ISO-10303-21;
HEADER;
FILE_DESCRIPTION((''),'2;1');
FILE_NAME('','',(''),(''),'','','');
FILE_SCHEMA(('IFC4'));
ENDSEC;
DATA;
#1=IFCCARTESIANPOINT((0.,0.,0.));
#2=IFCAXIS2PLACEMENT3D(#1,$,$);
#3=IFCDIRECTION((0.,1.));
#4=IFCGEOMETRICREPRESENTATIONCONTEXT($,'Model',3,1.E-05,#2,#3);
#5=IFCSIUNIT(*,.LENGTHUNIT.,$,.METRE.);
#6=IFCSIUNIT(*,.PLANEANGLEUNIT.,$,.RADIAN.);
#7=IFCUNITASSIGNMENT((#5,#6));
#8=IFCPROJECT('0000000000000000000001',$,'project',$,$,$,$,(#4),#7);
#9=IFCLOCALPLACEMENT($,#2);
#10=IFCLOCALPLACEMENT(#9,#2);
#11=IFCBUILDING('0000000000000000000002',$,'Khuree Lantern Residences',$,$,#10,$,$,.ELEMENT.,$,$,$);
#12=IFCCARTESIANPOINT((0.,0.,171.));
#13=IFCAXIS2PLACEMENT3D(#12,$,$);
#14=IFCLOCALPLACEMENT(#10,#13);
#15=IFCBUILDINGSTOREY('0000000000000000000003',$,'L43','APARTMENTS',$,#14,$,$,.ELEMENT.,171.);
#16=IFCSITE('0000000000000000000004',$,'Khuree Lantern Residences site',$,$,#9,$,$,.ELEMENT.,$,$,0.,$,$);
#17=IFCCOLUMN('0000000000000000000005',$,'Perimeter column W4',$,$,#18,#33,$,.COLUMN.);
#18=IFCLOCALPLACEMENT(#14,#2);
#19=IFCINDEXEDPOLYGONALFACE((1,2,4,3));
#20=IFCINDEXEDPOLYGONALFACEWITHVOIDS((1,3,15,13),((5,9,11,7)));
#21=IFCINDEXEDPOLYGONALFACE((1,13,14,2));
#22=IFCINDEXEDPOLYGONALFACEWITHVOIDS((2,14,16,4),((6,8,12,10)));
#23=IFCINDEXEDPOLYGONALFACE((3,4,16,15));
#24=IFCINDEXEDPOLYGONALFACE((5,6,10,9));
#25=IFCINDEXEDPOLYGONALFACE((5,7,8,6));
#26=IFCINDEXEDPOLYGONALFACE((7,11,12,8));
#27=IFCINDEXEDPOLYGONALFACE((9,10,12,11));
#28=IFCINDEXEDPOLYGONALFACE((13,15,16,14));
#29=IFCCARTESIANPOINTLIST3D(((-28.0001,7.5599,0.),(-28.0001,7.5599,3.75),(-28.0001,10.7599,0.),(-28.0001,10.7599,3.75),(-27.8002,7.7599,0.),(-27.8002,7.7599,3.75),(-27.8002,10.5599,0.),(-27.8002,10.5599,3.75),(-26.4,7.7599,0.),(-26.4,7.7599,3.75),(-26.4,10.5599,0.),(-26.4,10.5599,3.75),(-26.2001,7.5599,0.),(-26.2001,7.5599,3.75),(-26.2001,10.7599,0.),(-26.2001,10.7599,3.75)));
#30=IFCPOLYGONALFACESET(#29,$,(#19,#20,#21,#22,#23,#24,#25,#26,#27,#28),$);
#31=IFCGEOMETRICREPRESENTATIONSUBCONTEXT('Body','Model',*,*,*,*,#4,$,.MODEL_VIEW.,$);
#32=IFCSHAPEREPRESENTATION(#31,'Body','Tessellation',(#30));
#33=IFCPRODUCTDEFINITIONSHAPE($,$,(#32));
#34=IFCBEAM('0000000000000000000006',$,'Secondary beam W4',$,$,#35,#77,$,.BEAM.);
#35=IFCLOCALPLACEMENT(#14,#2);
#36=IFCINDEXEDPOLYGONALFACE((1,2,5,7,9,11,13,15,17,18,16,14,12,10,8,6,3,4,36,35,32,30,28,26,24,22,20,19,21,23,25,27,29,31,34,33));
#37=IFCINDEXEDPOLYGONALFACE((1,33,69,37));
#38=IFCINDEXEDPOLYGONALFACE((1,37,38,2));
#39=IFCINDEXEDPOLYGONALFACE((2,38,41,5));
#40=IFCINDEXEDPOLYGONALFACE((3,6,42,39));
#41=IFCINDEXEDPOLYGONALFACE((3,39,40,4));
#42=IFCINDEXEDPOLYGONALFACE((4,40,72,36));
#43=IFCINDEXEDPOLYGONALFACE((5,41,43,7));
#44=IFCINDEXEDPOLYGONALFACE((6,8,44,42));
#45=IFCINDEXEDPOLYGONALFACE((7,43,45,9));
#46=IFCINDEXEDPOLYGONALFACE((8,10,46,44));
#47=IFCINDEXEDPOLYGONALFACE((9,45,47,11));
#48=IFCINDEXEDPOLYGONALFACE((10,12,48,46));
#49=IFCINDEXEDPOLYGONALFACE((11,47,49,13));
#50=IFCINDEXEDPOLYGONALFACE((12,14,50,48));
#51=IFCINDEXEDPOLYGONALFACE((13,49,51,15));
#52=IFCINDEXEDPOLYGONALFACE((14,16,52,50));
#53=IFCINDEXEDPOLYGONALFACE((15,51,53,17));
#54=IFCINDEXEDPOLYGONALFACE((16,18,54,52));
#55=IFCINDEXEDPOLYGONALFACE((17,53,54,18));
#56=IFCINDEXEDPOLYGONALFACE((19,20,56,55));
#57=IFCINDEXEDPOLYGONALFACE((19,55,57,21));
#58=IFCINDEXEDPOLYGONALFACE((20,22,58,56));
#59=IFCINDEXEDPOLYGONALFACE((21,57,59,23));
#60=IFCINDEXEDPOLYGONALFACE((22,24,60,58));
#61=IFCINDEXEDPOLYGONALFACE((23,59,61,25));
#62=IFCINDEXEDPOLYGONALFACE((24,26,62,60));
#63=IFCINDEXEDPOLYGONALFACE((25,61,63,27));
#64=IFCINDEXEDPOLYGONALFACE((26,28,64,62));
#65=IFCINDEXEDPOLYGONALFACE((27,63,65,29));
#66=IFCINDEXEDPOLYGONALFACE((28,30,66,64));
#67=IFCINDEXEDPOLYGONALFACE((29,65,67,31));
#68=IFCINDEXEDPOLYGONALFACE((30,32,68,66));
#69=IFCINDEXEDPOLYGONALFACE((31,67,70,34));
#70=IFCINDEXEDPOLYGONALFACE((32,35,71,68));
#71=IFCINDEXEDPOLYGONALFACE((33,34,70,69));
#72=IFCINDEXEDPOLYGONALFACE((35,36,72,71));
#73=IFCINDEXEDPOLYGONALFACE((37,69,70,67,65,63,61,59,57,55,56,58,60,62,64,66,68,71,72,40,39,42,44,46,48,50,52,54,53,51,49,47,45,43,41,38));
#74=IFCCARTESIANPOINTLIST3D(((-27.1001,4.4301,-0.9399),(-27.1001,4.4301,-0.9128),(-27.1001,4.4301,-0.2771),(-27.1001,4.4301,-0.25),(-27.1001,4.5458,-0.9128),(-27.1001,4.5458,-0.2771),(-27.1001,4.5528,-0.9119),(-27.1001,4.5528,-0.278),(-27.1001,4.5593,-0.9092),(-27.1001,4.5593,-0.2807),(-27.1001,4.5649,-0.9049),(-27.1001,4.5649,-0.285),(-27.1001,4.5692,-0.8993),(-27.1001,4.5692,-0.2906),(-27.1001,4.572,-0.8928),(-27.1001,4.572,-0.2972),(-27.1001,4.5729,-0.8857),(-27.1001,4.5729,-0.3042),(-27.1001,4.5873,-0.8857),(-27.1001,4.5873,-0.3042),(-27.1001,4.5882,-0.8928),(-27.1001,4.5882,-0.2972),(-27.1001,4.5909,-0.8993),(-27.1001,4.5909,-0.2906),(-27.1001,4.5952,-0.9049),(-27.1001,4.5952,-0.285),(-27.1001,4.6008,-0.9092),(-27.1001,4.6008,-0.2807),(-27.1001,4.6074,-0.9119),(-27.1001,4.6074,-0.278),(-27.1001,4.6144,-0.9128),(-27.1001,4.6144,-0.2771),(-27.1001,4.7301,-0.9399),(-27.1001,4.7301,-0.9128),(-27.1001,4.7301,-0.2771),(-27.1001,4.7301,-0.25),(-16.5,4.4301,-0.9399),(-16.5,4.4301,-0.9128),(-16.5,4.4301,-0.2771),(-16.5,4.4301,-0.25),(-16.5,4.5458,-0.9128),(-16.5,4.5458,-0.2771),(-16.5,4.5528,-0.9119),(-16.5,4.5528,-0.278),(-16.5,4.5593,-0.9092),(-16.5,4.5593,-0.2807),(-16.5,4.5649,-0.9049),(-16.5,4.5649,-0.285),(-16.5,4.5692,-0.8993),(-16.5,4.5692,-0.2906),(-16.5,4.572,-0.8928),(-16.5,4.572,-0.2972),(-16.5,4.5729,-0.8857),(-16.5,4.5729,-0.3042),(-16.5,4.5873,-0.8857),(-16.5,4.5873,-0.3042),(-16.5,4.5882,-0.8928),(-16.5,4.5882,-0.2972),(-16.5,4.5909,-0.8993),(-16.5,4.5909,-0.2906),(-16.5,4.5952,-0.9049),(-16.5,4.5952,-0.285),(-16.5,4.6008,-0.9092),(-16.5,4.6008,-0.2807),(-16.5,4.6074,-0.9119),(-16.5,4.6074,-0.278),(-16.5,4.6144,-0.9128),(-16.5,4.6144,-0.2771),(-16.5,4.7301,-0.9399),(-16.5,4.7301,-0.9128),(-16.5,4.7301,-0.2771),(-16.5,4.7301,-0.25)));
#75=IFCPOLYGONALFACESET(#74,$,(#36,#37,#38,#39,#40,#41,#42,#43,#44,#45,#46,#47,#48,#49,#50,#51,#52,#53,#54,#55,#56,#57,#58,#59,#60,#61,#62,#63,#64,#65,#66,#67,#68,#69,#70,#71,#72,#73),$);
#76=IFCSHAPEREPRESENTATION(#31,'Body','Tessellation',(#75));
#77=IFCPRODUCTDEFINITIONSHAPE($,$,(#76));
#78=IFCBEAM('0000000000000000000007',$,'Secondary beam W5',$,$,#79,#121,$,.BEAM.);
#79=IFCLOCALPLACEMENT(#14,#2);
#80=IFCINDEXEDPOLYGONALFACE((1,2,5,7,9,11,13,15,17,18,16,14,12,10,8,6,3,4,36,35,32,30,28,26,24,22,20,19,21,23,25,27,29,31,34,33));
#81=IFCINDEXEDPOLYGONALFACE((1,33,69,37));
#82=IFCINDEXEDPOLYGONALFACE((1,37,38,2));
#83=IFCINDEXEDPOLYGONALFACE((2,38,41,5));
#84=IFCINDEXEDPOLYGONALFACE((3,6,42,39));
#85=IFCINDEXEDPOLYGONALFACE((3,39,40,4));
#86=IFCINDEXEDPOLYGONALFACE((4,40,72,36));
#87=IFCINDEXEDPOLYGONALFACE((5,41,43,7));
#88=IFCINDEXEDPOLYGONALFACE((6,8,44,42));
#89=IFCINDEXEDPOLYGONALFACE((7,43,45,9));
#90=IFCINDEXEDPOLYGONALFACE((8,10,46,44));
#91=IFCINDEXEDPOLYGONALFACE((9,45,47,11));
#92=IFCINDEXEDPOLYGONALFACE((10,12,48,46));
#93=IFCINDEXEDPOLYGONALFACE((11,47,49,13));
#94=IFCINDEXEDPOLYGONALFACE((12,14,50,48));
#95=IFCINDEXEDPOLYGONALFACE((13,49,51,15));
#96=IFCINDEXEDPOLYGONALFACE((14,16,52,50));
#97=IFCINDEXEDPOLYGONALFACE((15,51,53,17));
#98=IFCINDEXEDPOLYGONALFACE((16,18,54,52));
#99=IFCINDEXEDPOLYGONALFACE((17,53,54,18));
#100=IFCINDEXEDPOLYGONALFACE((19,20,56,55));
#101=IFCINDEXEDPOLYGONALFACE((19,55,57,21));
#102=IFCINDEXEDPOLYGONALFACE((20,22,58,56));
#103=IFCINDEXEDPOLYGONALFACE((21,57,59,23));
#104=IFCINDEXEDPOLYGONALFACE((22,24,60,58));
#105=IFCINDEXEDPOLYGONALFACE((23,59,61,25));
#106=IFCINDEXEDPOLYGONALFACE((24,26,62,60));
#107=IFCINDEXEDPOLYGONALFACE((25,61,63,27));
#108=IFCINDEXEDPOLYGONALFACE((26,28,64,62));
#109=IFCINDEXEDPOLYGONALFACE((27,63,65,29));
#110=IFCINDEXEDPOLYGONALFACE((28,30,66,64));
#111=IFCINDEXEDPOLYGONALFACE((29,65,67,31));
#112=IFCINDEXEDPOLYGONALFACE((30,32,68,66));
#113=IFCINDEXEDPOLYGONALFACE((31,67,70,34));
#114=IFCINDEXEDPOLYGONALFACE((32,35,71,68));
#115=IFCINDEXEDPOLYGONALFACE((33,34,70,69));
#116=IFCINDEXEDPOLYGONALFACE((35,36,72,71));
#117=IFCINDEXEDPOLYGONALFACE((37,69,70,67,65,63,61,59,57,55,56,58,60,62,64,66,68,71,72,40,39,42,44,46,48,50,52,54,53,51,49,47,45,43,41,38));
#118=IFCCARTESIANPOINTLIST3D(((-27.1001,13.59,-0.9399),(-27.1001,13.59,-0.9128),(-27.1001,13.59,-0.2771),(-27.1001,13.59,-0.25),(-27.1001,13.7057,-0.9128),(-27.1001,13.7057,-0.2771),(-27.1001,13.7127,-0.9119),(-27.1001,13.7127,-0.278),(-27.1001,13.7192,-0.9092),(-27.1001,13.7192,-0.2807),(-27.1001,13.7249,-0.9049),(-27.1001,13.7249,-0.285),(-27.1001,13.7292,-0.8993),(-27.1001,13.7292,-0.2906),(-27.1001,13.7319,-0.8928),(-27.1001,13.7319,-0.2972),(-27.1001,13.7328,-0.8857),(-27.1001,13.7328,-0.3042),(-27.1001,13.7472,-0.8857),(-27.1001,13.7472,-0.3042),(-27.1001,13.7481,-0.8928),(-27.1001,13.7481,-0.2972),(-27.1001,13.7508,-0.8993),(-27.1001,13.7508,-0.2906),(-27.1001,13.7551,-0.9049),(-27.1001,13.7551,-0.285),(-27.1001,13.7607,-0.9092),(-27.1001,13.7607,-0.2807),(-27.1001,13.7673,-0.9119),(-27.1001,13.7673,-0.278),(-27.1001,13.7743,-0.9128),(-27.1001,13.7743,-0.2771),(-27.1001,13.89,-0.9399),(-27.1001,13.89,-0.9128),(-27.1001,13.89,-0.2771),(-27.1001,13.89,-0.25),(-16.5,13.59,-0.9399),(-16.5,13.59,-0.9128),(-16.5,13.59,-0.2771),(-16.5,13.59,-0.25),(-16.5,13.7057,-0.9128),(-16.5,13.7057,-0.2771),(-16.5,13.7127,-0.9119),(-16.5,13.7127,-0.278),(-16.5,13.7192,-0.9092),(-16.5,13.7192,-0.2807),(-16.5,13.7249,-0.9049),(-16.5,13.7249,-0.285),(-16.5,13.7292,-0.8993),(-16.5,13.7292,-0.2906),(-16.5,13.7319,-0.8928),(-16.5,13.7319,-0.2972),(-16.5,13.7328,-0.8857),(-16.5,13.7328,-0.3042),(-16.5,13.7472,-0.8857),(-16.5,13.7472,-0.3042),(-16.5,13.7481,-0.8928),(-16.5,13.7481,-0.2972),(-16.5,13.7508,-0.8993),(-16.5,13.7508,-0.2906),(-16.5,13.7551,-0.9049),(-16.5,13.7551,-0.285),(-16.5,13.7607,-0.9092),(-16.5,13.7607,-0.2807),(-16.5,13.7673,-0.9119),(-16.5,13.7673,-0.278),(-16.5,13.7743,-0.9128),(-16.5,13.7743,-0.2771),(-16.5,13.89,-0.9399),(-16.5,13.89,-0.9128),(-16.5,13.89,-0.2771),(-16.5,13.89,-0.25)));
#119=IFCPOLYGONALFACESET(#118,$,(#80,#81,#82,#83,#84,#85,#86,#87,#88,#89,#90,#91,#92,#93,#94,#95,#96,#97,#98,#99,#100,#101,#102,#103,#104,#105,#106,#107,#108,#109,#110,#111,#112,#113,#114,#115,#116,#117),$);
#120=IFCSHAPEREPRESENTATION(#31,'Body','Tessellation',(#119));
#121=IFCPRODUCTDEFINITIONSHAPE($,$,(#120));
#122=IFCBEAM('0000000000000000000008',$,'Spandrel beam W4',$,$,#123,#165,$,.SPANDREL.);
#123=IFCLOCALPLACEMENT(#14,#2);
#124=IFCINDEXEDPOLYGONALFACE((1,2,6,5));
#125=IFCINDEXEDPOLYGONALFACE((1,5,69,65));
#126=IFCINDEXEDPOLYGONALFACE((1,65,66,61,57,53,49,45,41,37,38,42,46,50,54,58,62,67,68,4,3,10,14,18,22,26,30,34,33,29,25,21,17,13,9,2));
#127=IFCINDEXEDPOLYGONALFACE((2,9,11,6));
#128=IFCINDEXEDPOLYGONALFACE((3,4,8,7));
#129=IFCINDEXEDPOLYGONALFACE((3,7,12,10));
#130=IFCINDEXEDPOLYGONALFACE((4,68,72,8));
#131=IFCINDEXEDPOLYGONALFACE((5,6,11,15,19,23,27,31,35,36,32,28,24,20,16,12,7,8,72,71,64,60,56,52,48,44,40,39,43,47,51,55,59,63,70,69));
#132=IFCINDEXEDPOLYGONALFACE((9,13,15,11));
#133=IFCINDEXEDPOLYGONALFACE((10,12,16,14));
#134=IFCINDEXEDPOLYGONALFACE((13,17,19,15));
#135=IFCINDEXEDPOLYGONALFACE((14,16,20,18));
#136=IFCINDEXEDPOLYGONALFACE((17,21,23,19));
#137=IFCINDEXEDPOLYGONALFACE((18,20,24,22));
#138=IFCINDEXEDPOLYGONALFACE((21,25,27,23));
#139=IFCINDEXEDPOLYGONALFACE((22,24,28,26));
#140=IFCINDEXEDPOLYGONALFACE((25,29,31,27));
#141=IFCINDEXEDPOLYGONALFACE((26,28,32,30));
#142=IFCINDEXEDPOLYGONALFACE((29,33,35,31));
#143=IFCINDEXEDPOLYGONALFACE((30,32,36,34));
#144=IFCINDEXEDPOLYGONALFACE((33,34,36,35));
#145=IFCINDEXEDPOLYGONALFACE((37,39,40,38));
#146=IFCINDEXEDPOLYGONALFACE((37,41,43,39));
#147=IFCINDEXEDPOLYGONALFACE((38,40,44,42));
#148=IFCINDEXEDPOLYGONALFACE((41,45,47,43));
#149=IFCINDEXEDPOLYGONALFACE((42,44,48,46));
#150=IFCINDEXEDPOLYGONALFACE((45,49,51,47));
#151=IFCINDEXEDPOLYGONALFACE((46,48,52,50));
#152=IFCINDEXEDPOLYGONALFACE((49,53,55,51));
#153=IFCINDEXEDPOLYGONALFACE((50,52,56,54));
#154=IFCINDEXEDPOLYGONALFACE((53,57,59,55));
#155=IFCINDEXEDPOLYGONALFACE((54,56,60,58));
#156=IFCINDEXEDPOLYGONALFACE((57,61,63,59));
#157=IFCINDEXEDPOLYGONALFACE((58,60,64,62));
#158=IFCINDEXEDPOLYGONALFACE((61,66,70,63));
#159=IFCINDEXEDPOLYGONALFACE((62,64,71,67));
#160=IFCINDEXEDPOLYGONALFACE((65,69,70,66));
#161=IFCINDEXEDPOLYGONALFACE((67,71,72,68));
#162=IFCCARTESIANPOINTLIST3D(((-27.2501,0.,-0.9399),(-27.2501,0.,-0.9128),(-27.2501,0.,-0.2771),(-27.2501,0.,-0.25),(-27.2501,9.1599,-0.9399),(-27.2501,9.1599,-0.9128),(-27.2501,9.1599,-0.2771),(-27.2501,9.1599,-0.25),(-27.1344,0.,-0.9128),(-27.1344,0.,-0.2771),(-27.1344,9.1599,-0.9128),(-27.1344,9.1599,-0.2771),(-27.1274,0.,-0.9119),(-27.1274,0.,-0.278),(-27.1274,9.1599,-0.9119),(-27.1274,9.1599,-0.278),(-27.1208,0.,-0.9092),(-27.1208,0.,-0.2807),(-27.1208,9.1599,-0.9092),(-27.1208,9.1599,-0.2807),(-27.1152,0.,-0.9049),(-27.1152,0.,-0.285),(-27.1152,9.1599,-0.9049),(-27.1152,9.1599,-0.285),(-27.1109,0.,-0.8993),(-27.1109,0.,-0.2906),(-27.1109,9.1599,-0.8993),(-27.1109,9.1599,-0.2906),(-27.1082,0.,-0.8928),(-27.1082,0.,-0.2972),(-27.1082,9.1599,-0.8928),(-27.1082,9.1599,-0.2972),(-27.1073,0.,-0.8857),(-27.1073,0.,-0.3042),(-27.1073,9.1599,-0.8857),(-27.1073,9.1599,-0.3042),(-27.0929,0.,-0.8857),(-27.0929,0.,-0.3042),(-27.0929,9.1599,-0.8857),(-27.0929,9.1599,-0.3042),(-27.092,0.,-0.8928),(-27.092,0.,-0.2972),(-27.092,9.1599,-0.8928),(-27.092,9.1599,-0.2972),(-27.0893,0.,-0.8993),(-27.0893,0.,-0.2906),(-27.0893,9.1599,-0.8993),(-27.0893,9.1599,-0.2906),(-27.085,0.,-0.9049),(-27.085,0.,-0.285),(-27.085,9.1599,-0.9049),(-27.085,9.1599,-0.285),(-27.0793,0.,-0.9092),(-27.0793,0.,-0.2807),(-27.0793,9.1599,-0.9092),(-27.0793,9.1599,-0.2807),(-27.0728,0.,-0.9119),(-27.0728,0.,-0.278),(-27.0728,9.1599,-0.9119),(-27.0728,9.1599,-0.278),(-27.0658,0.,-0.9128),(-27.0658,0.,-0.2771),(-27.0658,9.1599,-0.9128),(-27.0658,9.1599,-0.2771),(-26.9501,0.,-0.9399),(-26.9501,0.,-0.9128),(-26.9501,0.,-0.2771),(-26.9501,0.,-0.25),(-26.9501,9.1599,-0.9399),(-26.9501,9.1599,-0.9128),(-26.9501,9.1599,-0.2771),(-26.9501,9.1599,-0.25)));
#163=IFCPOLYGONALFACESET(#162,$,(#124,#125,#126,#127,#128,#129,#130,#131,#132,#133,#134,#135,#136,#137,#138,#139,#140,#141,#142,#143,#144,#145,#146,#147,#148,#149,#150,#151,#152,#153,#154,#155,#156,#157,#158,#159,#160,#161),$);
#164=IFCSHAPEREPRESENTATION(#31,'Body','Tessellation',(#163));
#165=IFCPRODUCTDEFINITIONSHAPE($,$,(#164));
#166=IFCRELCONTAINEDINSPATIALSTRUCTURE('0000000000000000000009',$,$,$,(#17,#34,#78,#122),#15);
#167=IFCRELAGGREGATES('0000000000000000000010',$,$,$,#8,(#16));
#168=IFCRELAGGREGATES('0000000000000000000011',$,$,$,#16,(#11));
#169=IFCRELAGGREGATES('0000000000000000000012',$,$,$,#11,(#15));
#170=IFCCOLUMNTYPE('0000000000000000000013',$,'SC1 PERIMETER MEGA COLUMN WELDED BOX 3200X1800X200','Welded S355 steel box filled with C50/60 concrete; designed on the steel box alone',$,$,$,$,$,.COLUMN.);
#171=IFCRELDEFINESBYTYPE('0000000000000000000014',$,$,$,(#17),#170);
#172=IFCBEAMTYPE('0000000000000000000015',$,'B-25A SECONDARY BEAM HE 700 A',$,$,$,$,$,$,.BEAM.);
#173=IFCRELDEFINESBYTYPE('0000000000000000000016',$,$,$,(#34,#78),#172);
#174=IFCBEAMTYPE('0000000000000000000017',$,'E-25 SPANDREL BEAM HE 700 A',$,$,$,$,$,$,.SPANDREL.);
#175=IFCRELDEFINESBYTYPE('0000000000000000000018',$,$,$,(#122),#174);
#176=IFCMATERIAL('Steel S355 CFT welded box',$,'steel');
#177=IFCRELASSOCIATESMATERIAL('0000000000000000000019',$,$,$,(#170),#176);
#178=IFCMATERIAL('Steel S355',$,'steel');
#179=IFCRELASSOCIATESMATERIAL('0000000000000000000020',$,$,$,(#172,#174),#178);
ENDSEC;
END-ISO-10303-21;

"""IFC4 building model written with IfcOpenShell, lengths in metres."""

from ifc_helpers import new_model, si_unit, direction, frame, origin, origin_2d, place, context, subcontext, project, spatial, hollow_rectangle, i_section, extrude, material, material_profile, profile_set, type_object, element, save


model = new_model("IFC4")

# Units and contexts
model_context = context("Model", 3, precision=1e-05, world=origin(), true_north=direction((0.0, 1.0)))
body_context = subcontext(model_context, "Body", "Model", "MODEL_VIEW")
ifc_project = project(units=[si_unit("LENGTHUNIT", "METRE"), si_unit("PLANEANGLEUNIT", "RADIAN")], contexts=[model_context])

# Site, building, storey
site_placement = place(None, origin())
site = spatial("IfcSite", under=ifc_project, at=site_placement, Name="Khuree Lantern Residences site", CompositionType="ELEMENT", RefElevation=0.0)
building_placement = place(site_placement, origin())
building = spatial("IfcBuilding", under=site, at=building_placement, Name="Khuree Lantern Residences", CompositionType="ELEMENT")
storey_placement = place(building_placement, frame((0.0, 0.0, 171.0)))
storey = spatial("IfcBuildingStorey", under=building, at=storey_placement, Name="L43", Description="APARTMENTS", CompositionType="ELEMENT", Elevation=171.0)

# Column
ifc_material_1 = material(Name="Steel S355 CFT welded box", Category="steel")
ifc_material_profile_1 = material_profile(ifc_material_1, hollow_rectangle(XDim=3.2, YDim=1.8, WallThickness=0.2, at=origin_2d()), Name="WELDED BOX 3200X1800X200")
ifc_profile_set_1 = profile_set([ifc_material_profile_1], Name="Steel S355 CFT welded box")
column_type = type_object("IfcColumnType", Name="SC1 PERIMETER MEGA COLUMN WELDED BOX 3200X1800X200", Description="Welded S355 steel box filled with C50/60 concrete; designed on the steel box alone", PredefinedType="COLUMN", material=ifc_profile_set_1)
column_placement = place(storey_placement, frame((-27.1001, 9.1599, 0.0), z_axis=(0.0, 0.0, 1.0), x_axis=(0.0, 1.0, 0.0)))
element("IfcColumn", 1, at=column_placement, inside=storey, type_object=column_type, Name="Perimeter column W4", PredefinedType="COLUMN", context=body_context, shape_type="SweptSolid", body=[
    extrude(hollow_rectangle(XDim=3.2, YDim=1.8, WallThickness=0.2, at=origin_2d()), origin(), (0.0, 0.0, 1.0), 3.75),
])

# Beams
ifc_material_2 = material(Name="Steel S355", Category="steel")
ifc_material_profile_2 = material_profile(ifc_material_2, i_section(OverallWidth=0.3, OverallDepth=0.6899, WebThickness=0.0144, FlangeThickness=0.0271, FilletRadius=0.0271, at=origin_2d()), Name="HE 700 A")
ifc_profile_set_2 = profile_set([ifc_material_profile_2], Name="Steel S355")
beam_type_1 = type_object("IfcBeamType", Name="B-25A SECONDARY BEAM HE 700 A", PredefinedType="BEAM", material=ifc_profile_set_2)
for number, where, z_axis, x_axis, name in (
    (2, (-27.1001, 4.5801, -0.595), (1.0, 0.0, 0.0), (0.0, 1.0, 0.0), "Secondary beam W4"),
    (3, (-27.1001, 13.74, -0.595), (1.0, 0.0, 0.0), (0.0, 1.0, 0.0), "Secondary beam W5"),
):
    element("IfcBeam", number, at=place(storey_placement, frame(where, z_axis=z_axis, x_axis=x_axis)), inside=storey, type_object=beam_type_1, Name=name, PredefinedType="BEAM", context=body_context, shape_type="SweptSolid", body=[
        extrude(i_section(OverallWidth=0.3, OverallDepth=0.6899, WebThickness=0.0144, FlangeThickness=0.0271, FilletRadius=0.0271, at=origin_2d()), origin(), (0.0, 0.0, 1.0), 10.6001),
    ])
ifc_material_profile_3 = material_profile(ifc_material_2, i_section(OverallWidth=0.3, OverallDepth=0.6899, WebThickness=0.0144, FlangeThickness=0.0271, FilletRadius=0.0271, at=origin_2d()), Name="HE 700 A")
ifc_profile_set_3 = profile_set([ifc_material_profile_3], Name="Steel S355")
beam_type_2 = type_object("IfcBeamType", Name="E-25 SPANDREL BEAM HE 700 A", PredefinedType="SPANDREL", material=ifc_profile_set_3)
beam_1_placement = place(storey_placement, frame((-27.1001, 0.0, -0.595), z_axis=(0.0, 1.0, 0.0), x_axis=(-1.0, 0.0, 0.0)))
element("IfcBeam", 4, at=beam_1_placement, inside=storey, type_object=beam_type_2, Name="Spandrel beam W4", PredefinedType="SPANDREL", context=body_context, shape_type="SweptSolid", body=[
    extrude(i_section(OverallWidth=0.3, OverallDepth=0.6899, WebThickness=0.0144, FlangeThickness=0.0271, FilletRadius=0.0271, at=origin_2d()), origin(), (0.0, 0.0, 1.0), 9.1599),
])

save(model, "model.ifc")
